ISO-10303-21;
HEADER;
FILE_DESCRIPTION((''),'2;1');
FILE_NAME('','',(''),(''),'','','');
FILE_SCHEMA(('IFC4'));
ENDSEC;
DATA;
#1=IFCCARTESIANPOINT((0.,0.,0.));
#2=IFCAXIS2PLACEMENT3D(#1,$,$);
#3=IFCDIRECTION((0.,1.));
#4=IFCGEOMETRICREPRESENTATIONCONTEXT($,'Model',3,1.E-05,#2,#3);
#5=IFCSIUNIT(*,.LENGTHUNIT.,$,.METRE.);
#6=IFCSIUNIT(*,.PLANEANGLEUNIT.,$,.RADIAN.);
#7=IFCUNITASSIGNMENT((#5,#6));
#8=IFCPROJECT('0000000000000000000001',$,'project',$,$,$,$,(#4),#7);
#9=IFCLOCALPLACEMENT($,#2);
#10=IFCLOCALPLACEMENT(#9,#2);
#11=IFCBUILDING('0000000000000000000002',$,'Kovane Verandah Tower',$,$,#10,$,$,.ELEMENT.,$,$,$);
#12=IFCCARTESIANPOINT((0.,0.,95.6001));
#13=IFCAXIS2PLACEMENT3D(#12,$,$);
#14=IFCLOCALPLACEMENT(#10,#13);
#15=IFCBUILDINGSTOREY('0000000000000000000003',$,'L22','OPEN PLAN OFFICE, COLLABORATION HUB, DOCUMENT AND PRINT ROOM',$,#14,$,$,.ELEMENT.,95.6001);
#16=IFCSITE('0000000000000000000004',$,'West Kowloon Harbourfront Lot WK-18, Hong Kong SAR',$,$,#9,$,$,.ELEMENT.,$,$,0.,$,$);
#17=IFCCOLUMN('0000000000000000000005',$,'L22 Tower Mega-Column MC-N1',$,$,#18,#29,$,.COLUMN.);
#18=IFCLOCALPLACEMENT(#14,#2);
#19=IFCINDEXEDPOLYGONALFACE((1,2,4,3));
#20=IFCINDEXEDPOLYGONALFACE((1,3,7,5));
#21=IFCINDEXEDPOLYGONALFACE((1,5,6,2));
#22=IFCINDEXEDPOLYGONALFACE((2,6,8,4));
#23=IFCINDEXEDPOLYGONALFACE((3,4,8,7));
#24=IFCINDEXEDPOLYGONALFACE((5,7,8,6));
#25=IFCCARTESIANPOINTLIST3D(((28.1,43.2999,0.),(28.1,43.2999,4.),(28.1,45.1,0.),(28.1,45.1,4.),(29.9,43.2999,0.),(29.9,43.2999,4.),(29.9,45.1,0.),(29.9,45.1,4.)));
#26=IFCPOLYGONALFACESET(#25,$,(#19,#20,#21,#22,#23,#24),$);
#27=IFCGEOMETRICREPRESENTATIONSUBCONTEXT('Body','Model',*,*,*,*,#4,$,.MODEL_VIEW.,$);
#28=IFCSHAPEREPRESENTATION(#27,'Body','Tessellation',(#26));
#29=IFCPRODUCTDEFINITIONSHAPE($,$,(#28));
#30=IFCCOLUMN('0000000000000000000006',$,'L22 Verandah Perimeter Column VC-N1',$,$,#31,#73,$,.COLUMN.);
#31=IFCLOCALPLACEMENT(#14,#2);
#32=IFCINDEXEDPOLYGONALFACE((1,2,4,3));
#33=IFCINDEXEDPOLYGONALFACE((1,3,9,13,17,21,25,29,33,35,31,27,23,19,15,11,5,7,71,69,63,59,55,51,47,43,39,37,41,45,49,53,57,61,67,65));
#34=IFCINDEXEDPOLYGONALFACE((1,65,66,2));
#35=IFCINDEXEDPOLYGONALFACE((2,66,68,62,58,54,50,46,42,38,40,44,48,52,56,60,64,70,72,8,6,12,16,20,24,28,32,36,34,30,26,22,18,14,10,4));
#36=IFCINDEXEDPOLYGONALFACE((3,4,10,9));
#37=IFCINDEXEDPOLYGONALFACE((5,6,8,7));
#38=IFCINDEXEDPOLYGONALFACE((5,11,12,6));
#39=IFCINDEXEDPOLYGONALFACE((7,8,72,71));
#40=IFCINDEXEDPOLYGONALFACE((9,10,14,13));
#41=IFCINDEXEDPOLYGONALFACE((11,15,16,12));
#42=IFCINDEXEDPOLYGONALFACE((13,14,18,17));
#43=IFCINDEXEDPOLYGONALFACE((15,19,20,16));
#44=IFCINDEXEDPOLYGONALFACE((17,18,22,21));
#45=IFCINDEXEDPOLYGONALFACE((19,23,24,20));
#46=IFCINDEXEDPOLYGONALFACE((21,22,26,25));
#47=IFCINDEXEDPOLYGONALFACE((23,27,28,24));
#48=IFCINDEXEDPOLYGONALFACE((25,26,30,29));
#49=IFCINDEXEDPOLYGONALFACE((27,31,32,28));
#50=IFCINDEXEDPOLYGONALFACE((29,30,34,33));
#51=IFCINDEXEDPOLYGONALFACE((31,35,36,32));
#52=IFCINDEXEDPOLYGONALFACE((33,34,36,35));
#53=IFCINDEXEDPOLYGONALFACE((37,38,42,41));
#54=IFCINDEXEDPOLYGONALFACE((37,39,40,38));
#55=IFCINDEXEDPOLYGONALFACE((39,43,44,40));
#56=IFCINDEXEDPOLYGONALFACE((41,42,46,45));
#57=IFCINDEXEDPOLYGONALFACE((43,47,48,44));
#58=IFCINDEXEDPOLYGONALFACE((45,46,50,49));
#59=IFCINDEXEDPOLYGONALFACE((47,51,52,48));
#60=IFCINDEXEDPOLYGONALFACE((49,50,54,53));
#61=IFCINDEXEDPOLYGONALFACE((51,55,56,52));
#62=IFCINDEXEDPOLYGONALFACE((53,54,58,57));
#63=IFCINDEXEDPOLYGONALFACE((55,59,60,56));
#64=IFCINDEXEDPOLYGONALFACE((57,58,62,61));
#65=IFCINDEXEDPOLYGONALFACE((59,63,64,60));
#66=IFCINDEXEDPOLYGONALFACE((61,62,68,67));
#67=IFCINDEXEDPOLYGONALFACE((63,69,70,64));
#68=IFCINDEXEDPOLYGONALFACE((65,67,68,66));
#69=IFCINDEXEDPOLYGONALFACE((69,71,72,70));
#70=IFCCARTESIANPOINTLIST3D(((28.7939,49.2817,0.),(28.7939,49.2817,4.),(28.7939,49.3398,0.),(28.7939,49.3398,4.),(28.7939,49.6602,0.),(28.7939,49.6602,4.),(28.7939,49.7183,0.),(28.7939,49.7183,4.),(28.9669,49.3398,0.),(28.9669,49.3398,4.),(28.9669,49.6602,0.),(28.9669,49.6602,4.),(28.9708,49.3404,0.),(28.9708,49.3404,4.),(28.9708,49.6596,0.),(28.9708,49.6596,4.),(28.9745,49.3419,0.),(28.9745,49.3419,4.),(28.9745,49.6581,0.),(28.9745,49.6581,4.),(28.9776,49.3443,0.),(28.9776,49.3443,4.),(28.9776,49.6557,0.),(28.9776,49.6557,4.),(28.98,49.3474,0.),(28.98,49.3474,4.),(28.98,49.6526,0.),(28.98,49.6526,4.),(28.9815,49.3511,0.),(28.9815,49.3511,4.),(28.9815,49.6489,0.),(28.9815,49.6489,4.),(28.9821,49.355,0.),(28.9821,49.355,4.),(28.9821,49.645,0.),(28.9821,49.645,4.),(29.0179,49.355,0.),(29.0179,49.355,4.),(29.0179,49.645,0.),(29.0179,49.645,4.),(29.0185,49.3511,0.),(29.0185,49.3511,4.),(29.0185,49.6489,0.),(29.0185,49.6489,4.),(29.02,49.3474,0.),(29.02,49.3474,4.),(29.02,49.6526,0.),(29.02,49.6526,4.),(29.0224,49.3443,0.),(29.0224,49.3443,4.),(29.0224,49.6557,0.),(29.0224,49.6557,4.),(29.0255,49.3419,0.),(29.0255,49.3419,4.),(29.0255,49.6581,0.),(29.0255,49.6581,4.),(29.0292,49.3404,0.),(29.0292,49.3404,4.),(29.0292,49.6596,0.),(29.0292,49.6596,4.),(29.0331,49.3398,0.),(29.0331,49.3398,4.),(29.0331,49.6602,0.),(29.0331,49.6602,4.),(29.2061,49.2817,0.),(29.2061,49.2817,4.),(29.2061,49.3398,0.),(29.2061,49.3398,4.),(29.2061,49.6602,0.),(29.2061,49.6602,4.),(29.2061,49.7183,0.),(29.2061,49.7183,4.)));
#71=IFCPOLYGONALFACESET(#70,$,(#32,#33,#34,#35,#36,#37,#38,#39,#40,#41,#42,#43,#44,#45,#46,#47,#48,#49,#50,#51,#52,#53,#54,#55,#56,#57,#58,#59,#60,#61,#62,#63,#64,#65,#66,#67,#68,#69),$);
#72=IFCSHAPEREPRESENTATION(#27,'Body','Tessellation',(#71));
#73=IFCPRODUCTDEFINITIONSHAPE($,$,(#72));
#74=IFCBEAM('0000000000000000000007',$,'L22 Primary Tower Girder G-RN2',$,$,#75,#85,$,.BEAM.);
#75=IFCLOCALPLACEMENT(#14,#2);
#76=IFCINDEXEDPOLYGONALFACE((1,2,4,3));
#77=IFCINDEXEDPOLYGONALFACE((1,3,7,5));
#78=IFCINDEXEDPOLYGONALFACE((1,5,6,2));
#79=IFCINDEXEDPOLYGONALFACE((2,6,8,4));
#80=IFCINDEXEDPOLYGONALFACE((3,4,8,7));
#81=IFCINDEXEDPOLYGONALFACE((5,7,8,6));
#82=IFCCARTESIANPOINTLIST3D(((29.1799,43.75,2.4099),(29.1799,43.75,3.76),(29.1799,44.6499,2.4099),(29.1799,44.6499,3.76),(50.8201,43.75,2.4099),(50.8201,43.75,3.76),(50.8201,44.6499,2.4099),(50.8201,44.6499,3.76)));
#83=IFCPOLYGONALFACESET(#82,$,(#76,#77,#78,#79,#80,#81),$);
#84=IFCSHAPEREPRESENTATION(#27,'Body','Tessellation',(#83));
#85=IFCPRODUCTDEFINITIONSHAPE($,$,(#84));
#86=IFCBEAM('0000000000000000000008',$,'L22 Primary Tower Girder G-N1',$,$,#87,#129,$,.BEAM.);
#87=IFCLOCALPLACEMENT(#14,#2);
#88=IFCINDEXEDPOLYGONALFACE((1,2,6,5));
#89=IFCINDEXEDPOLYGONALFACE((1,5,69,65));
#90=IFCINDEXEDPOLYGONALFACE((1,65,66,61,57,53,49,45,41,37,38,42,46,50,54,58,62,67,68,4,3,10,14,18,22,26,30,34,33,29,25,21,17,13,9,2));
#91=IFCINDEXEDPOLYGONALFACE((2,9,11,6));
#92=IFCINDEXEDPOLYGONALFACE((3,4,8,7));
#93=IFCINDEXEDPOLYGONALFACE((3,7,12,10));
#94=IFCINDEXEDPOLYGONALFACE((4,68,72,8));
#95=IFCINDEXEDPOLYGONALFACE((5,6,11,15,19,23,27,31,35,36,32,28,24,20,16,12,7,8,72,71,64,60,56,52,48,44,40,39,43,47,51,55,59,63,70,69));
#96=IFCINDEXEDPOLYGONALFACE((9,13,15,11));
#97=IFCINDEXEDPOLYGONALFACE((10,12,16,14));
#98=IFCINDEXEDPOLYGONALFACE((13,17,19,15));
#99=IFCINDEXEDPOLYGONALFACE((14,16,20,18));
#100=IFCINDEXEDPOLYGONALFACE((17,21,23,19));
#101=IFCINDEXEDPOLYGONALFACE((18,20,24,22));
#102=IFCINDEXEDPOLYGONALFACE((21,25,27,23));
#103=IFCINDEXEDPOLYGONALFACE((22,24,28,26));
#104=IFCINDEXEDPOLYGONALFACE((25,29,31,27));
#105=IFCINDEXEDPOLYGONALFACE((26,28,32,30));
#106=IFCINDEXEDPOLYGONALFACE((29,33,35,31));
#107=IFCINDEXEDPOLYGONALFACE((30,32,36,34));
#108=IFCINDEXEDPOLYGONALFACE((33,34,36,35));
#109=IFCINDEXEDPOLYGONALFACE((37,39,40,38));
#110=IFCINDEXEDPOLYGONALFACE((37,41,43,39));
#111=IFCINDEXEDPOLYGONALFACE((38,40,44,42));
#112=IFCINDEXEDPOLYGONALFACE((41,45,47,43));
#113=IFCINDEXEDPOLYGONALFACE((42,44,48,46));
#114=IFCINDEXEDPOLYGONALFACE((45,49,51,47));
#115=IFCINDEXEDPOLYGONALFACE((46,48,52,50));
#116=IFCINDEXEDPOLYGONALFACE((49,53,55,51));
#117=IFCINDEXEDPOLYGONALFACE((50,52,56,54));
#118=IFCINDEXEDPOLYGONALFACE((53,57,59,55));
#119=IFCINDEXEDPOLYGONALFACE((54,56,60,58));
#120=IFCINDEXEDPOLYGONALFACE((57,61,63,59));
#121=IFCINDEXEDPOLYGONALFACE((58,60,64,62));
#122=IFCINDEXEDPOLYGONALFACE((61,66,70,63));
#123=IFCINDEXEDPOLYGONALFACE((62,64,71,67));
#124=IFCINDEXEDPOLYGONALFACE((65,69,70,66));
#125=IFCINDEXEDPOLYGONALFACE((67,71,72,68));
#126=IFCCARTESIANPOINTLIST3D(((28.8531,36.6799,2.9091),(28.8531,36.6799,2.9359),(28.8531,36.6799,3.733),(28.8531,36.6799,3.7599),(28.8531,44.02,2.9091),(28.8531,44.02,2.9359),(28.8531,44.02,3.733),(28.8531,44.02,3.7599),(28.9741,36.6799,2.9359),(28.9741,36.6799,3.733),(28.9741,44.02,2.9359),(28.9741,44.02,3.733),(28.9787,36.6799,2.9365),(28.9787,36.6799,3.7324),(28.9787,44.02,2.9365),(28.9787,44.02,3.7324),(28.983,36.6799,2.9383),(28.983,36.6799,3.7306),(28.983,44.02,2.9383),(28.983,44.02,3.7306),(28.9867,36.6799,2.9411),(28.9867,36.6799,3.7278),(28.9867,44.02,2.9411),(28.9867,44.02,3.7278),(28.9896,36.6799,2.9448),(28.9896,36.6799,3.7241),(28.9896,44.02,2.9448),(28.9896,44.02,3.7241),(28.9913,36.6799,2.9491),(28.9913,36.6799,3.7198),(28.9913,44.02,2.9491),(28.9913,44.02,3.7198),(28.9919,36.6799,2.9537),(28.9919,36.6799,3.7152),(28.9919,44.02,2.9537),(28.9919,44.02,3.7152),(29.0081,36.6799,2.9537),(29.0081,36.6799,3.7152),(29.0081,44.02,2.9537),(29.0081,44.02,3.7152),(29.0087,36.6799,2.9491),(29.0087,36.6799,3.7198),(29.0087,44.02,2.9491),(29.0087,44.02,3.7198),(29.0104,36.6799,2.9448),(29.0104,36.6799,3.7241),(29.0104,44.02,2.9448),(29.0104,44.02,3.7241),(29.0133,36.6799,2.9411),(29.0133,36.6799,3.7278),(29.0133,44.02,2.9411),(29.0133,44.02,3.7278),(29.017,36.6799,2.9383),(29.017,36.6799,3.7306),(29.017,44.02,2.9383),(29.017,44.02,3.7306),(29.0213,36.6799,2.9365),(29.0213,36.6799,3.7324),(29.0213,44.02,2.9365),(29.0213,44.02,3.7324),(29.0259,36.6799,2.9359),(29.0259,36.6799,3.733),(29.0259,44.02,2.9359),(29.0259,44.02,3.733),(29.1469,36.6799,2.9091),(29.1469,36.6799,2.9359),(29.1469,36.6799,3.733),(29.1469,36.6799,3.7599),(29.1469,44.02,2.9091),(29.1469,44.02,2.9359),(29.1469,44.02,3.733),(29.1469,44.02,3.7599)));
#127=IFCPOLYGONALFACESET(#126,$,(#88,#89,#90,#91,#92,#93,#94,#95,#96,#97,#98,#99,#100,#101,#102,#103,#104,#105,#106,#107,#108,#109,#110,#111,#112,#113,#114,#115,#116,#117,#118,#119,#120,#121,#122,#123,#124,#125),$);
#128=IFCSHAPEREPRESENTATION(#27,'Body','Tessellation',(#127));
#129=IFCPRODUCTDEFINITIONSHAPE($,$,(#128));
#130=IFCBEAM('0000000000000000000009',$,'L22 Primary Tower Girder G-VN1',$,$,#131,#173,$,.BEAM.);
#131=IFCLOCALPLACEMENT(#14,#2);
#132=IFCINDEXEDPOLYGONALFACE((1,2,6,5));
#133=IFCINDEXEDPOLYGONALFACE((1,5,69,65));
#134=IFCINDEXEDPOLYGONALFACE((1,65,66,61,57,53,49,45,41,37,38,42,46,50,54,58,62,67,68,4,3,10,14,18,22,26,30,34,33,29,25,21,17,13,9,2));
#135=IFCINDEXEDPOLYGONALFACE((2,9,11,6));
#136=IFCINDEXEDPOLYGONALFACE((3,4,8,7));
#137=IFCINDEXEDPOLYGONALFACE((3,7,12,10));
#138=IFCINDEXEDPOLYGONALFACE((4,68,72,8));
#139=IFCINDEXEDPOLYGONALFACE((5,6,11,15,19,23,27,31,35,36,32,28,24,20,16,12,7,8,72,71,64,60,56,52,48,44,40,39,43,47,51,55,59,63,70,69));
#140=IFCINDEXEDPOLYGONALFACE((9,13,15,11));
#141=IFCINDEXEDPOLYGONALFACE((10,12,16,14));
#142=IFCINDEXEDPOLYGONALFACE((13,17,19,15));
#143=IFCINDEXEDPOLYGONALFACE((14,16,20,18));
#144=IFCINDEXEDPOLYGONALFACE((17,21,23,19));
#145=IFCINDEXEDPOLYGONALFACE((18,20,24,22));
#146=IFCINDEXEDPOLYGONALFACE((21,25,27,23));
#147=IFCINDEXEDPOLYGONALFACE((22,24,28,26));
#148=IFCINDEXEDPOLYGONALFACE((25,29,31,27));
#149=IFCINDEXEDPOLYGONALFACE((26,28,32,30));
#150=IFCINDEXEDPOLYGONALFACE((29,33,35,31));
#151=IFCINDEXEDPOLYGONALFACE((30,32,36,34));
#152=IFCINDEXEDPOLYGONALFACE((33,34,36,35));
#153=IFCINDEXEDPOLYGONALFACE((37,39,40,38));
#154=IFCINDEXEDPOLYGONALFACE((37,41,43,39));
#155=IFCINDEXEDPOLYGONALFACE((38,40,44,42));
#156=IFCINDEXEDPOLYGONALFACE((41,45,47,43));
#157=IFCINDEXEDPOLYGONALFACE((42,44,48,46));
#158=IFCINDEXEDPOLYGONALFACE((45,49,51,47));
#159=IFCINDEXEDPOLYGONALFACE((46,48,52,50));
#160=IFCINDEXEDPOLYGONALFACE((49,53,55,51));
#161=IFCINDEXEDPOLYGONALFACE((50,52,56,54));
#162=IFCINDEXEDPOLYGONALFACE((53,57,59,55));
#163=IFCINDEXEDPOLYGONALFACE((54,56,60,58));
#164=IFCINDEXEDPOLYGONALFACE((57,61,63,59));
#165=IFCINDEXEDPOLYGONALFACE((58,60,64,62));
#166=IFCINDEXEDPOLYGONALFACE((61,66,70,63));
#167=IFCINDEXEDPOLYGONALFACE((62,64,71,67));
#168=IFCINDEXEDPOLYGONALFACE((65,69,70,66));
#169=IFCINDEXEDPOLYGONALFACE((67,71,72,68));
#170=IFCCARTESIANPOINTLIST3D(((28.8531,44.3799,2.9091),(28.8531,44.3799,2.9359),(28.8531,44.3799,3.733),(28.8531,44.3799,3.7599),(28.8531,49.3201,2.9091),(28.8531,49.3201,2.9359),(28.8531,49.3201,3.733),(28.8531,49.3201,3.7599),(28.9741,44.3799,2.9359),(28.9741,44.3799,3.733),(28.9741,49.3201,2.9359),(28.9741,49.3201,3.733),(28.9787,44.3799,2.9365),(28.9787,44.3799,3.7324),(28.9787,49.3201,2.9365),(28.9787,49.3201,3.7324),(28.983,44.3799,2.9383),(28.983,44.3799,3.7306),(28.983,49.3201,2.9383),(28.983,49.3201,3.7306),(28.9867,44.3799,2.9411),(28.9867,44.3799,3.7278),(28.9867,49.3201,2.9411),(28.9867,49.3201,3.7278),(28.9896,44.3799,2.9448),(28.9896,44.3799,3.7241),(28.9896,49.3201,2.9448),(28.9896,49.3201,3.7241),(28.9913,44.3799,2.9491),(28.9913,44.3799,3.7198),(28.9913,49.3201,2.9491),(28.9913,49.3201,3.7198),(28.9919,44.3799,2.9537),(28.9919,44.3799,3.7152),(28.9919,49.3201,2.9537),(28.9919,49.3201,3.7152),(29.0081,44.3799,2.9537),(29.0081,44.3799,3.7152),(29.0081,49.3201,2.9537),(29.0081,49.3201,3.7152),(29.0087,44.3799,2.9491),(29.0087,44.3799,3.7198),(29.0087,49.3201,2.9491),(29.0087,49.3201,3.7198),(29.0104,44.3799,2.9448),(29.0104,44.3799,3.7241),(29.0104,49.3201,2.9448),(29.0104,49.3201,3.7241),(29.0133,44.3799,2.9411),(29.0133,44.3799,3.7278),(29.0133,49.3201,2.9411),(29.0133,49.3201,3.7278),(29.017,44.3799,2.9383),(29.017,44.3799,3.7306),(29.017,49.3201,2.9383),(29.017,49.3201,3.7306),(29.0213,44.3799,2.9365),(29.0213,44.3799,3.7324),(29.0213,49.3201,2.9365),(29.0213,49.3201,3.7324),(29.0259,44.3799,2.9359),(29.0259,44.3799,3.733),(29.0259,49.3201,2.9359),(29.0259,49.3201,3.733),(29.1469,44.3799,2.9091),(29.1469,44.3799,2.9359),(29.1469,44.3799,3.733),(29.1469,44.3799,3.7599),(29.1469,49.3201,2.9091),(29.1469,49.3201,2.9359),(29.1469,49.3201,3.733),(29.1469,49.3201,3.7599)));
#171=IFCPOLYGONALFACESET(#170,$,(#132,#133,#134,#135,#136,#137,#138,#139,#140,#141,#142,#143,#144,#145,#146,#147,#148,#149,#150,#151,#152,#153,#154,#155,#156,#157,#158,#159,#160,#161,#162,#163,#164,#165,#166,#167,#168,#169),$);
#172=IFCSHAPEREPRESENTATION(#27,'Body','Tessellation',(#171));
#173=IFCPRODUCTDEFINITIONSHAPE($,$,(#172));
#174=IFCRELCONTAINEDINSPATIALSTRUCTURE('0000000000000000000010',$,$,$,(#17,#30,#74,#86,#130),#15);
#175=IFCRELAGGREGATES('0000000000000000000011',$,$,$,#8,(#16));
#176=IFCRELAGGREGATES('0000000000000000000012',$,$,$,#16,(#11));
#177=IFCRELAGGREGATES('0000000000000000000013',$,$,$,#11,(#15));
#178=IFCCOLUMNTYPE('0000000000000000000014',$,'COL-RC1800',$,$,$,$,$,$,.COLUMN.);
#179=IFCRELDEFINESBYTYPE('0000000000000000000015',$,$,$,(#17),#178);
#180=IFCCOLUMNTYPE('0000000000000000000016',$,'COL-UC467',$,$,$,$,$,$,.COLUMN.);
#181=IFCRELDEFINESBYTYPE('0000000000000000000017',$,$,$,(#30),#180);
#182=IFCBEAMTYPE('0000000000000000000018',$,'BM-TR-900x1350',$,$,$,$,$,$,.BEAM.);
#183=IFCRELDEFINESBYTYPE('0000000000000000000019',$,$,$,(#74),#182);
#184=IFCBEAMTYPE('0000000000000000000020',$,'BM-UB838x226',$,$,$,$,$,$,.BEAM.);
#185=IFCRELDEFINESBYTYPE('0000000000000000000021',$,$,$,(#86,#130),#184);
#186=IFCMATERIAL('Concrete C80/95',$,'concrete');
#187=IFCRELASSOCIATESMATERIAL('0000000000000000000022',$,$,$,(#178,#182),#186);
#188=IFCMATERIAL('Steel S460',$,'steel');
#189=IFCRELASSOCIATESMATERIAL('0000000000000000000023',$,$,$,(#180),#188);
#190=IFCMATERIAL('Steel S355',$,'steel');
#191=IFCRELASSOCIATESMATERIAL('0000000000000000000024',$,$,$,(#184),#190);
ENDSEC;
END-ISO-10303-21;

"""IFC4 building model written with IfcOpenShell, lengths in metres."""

from ifc_helpers import new_model, si_unit, direction, frame, origin, origin_2d, place, context, subcontext, project, spatial, rectangle, i_section, extrude, material, material_profile, profile_set, type_object, element, save


model = new_model("IFC4")

# Units and contexts
model_context = context("Model", 3, precision=1e-05, world=origin(), true_north=direction((0.0, 1.0)))
body_context = subcontext(model_context, "Body", "Model", "MODEL_VIEW")
ifc_project = project(units=[si_unit("LENGTHUNIT", "METRE"), si_unit("PLANEANGLEUNIT", "RADIAN")], contexts=[model_context])

# Site, building, storey
site_placement = place(None, origin())
site = spatial("IfcSite", under=ifc_project, at=site_placement, Name="West Kowloon Harbourfront Lot WK-18, Hong Kong SAR", CompositionType="ELEMENT", RefElevation=0.0)
building_placement = place(site_placement, origin())
building = spatial("IfcBuilding", under=site, at=building_placement, Name="Kovane Verandah Tower", CompositionType="ELEMENT")
storey_placement = place(building_placement, frame((0.0, 0.0, 95.6001)))
storey = spatial("IfcBuildingStorey", under=building, at=storey_placement, Name="L22", Description="OPEN PLAN OFFICE, COLLABORATION HUB, DOCUMENT AND PRINT ROOM", CompositionType="ELEMENT", Elevation=95.6001)

# Columns
ifc_material_1 = material(Name="Concrete C80/95", Category="concrete")
ifc_material_profile_1 = material_profile(ifc_material_1, rectangle(XDim=1.8, YDim=1.8, at=origin_2d()), Name="RC1800x1800")
ifc_profile_set_1 = profile_set([ifc_material_profile_1], Name="Concrete C80/95")
column_type_1 = type_object("IfcColumnType", Name="COL-RC1800", PredefinedType="COLUMN", material=ifc_profile_set_1)
column_1_placement = place(storey_placement, frame((29.0, 44.2, 0.0), z_axis=(0.0, 0.0, 1.0), x_axis=(1.0, 0.0, 0.0)))
element("IfcColumn", 1, at=column_1_placement, inside=storey, type_object=column_type_1, Name="L22 Tower Mega-Column MC-N1", PredefinedType="COLUMN", context=body_context, shape_type="SweptSolid", body=[
    extrude(rectangle(XDim=1.8, YDim=1.8, at=origin_2d()), origin(), (0.0, 0.0, 1.0), 4.0),
])
ifc_material_2 = material(Name="Steel S460", Category="steel")
ifc_material_profile_2 = material_profile(ifc_material_2, i_section(OverallWidth=0.4121, OverallDepth=0.4365, WebThickness=0.0359, FlangeThickness=0.0581, FilletRadius=0.0151, at=origin_2d()), Name="UC356x406x467")
ifc_profile_set_2 = profile_set([ifc_material_profile_2], Name="Steel S460")
column_type_2 = type_object("IfcColumnType", Name="COL-UC467", PredefinedType="COLUMN", material=ifc_profile_set_2)
column_2_placement = place(storey_placement, frame((29.0, 49.5, 0.0), z_axis=(0.0, 0.0, 1.0), x_axis=(1.0, 0.0, 0.0)))
element("IfcColumn", 2, at=column_2_placement, inside=storey, type_object=column_type_2, Name="L22 Verandah Perimeter Column VC-N1", PredefinedType="COLUMN", context=body_context, shape_type="SweptSolid", body=[
    extrude(i_section(OverallWidth=0.4121, OverallDepth=0.4365, WebThickness=0.0359, FlangeThickness=0.0581, FilletRadius=0.0151, at=origin_2d()), origin(), (0.0, 0.0, 1.0), 4.0),
])

# Beams
ifc_material_profile_3 = material_profile(ifc_material_1, rectangle(XDim=0.8999, YDim=1.3501, at=origin_2d()), Name="RCB900x1350")
ifc_profile_set_3 = profile_set([ifc_material_profile_3], Name="Concrete C80/95")
beam_type_1 = type_object("IfcBeamType", Name="BM-TR-900x1350", PredefinedType="BEAM", material=ifc_profile_set_3)
beam_1_placement = place(storey_placement, frame((29.1799, 44.2, 3.085), z_axis=(1.0, 0.0, 0.0), x_axis=(0.0, 1.0, 0.0)))
element("IfcBeam", 3, at=beam_1_placement, inside=storey, type_object=beam_type_1, Name="L22 Primary Tower Girder G-RN2", PredefinedType="BEAM", context=body_context, shape_type="SweptSolid", body=[
    extrude(rectangle(XDim=0.8999, YDim=1.3501, at=origin_2d()), origin(), (0.0, 0.0, 1.0), 21.6401),
])
ifc_material_3 = material(Name="Steel S355", Category="steel")
ifc_material_profile_4 = material_profile(ifc_material_3, i_section(OverallWidth=0.2937, OverallDepth=0.8508, WebThickness=0.0161, FlangeThickness=0.0269, FilletRadius=0.0178, at=origin_2d()), Name="UB838x292x226")
ifc_profile_set_4 = profile_set([ifc_material_profile_4], Name="Steel S355")
beam_type_2 = type_object("IfcBeamType", Name="BM-UB838x226", PredefinedType="BEAM", material=ifc_profile_set_4)
beam_2_placement = place(storey_placement, frame((29.0, 36.6799, 3.3345), z_axis=(0.0, 1.0, 0.0), x_axis=(-1.0, 0.0, 0.0)))
element("IfcBeam", 4, at=beam_2_placement, inside=storey, type_object=beam_type_2, Name="L22 Primary Tower Girder G-N1", PredefinedType="BEAM", context=body_context, shape_type="SweptSolid", body=[
    extrude(i_section(OverallWidth=0.2937, OverallDepth=0.8508, WebThickness=0.0161, FlangeThickness=0.0269, FilletRadius=0.0178, at=origin_2d()), origin(), (0.0, 0.0, 1.0), 7.3401),
])
beam_3_placement = place(storey_placement, frame((29.0, 44.3799, 3.3345), z_axis=(0.0, 1.0, 0.0), x_axis=(-1.0, 0.0, 0.0)))
element("IfcBeam", 5, at=beam_3_placement, inside=storey, type_object=beam_type_2, Name="L22 Primary Tower Girder G-VN1", PredefinedType="BEAM", context=body_context, shape_type="SweptSolid", body=[
    extrude(i_section(OverallWidth=0.2937, OverallDepth=0.8508, WebThickness=0.0161, FlangeThickness=0.0269, FilletRadius=0.0178, at=origin_2d()), origin(), (0.0, 0.0, 1.0), 4.9402),
])

save(model, "model.ifc")
